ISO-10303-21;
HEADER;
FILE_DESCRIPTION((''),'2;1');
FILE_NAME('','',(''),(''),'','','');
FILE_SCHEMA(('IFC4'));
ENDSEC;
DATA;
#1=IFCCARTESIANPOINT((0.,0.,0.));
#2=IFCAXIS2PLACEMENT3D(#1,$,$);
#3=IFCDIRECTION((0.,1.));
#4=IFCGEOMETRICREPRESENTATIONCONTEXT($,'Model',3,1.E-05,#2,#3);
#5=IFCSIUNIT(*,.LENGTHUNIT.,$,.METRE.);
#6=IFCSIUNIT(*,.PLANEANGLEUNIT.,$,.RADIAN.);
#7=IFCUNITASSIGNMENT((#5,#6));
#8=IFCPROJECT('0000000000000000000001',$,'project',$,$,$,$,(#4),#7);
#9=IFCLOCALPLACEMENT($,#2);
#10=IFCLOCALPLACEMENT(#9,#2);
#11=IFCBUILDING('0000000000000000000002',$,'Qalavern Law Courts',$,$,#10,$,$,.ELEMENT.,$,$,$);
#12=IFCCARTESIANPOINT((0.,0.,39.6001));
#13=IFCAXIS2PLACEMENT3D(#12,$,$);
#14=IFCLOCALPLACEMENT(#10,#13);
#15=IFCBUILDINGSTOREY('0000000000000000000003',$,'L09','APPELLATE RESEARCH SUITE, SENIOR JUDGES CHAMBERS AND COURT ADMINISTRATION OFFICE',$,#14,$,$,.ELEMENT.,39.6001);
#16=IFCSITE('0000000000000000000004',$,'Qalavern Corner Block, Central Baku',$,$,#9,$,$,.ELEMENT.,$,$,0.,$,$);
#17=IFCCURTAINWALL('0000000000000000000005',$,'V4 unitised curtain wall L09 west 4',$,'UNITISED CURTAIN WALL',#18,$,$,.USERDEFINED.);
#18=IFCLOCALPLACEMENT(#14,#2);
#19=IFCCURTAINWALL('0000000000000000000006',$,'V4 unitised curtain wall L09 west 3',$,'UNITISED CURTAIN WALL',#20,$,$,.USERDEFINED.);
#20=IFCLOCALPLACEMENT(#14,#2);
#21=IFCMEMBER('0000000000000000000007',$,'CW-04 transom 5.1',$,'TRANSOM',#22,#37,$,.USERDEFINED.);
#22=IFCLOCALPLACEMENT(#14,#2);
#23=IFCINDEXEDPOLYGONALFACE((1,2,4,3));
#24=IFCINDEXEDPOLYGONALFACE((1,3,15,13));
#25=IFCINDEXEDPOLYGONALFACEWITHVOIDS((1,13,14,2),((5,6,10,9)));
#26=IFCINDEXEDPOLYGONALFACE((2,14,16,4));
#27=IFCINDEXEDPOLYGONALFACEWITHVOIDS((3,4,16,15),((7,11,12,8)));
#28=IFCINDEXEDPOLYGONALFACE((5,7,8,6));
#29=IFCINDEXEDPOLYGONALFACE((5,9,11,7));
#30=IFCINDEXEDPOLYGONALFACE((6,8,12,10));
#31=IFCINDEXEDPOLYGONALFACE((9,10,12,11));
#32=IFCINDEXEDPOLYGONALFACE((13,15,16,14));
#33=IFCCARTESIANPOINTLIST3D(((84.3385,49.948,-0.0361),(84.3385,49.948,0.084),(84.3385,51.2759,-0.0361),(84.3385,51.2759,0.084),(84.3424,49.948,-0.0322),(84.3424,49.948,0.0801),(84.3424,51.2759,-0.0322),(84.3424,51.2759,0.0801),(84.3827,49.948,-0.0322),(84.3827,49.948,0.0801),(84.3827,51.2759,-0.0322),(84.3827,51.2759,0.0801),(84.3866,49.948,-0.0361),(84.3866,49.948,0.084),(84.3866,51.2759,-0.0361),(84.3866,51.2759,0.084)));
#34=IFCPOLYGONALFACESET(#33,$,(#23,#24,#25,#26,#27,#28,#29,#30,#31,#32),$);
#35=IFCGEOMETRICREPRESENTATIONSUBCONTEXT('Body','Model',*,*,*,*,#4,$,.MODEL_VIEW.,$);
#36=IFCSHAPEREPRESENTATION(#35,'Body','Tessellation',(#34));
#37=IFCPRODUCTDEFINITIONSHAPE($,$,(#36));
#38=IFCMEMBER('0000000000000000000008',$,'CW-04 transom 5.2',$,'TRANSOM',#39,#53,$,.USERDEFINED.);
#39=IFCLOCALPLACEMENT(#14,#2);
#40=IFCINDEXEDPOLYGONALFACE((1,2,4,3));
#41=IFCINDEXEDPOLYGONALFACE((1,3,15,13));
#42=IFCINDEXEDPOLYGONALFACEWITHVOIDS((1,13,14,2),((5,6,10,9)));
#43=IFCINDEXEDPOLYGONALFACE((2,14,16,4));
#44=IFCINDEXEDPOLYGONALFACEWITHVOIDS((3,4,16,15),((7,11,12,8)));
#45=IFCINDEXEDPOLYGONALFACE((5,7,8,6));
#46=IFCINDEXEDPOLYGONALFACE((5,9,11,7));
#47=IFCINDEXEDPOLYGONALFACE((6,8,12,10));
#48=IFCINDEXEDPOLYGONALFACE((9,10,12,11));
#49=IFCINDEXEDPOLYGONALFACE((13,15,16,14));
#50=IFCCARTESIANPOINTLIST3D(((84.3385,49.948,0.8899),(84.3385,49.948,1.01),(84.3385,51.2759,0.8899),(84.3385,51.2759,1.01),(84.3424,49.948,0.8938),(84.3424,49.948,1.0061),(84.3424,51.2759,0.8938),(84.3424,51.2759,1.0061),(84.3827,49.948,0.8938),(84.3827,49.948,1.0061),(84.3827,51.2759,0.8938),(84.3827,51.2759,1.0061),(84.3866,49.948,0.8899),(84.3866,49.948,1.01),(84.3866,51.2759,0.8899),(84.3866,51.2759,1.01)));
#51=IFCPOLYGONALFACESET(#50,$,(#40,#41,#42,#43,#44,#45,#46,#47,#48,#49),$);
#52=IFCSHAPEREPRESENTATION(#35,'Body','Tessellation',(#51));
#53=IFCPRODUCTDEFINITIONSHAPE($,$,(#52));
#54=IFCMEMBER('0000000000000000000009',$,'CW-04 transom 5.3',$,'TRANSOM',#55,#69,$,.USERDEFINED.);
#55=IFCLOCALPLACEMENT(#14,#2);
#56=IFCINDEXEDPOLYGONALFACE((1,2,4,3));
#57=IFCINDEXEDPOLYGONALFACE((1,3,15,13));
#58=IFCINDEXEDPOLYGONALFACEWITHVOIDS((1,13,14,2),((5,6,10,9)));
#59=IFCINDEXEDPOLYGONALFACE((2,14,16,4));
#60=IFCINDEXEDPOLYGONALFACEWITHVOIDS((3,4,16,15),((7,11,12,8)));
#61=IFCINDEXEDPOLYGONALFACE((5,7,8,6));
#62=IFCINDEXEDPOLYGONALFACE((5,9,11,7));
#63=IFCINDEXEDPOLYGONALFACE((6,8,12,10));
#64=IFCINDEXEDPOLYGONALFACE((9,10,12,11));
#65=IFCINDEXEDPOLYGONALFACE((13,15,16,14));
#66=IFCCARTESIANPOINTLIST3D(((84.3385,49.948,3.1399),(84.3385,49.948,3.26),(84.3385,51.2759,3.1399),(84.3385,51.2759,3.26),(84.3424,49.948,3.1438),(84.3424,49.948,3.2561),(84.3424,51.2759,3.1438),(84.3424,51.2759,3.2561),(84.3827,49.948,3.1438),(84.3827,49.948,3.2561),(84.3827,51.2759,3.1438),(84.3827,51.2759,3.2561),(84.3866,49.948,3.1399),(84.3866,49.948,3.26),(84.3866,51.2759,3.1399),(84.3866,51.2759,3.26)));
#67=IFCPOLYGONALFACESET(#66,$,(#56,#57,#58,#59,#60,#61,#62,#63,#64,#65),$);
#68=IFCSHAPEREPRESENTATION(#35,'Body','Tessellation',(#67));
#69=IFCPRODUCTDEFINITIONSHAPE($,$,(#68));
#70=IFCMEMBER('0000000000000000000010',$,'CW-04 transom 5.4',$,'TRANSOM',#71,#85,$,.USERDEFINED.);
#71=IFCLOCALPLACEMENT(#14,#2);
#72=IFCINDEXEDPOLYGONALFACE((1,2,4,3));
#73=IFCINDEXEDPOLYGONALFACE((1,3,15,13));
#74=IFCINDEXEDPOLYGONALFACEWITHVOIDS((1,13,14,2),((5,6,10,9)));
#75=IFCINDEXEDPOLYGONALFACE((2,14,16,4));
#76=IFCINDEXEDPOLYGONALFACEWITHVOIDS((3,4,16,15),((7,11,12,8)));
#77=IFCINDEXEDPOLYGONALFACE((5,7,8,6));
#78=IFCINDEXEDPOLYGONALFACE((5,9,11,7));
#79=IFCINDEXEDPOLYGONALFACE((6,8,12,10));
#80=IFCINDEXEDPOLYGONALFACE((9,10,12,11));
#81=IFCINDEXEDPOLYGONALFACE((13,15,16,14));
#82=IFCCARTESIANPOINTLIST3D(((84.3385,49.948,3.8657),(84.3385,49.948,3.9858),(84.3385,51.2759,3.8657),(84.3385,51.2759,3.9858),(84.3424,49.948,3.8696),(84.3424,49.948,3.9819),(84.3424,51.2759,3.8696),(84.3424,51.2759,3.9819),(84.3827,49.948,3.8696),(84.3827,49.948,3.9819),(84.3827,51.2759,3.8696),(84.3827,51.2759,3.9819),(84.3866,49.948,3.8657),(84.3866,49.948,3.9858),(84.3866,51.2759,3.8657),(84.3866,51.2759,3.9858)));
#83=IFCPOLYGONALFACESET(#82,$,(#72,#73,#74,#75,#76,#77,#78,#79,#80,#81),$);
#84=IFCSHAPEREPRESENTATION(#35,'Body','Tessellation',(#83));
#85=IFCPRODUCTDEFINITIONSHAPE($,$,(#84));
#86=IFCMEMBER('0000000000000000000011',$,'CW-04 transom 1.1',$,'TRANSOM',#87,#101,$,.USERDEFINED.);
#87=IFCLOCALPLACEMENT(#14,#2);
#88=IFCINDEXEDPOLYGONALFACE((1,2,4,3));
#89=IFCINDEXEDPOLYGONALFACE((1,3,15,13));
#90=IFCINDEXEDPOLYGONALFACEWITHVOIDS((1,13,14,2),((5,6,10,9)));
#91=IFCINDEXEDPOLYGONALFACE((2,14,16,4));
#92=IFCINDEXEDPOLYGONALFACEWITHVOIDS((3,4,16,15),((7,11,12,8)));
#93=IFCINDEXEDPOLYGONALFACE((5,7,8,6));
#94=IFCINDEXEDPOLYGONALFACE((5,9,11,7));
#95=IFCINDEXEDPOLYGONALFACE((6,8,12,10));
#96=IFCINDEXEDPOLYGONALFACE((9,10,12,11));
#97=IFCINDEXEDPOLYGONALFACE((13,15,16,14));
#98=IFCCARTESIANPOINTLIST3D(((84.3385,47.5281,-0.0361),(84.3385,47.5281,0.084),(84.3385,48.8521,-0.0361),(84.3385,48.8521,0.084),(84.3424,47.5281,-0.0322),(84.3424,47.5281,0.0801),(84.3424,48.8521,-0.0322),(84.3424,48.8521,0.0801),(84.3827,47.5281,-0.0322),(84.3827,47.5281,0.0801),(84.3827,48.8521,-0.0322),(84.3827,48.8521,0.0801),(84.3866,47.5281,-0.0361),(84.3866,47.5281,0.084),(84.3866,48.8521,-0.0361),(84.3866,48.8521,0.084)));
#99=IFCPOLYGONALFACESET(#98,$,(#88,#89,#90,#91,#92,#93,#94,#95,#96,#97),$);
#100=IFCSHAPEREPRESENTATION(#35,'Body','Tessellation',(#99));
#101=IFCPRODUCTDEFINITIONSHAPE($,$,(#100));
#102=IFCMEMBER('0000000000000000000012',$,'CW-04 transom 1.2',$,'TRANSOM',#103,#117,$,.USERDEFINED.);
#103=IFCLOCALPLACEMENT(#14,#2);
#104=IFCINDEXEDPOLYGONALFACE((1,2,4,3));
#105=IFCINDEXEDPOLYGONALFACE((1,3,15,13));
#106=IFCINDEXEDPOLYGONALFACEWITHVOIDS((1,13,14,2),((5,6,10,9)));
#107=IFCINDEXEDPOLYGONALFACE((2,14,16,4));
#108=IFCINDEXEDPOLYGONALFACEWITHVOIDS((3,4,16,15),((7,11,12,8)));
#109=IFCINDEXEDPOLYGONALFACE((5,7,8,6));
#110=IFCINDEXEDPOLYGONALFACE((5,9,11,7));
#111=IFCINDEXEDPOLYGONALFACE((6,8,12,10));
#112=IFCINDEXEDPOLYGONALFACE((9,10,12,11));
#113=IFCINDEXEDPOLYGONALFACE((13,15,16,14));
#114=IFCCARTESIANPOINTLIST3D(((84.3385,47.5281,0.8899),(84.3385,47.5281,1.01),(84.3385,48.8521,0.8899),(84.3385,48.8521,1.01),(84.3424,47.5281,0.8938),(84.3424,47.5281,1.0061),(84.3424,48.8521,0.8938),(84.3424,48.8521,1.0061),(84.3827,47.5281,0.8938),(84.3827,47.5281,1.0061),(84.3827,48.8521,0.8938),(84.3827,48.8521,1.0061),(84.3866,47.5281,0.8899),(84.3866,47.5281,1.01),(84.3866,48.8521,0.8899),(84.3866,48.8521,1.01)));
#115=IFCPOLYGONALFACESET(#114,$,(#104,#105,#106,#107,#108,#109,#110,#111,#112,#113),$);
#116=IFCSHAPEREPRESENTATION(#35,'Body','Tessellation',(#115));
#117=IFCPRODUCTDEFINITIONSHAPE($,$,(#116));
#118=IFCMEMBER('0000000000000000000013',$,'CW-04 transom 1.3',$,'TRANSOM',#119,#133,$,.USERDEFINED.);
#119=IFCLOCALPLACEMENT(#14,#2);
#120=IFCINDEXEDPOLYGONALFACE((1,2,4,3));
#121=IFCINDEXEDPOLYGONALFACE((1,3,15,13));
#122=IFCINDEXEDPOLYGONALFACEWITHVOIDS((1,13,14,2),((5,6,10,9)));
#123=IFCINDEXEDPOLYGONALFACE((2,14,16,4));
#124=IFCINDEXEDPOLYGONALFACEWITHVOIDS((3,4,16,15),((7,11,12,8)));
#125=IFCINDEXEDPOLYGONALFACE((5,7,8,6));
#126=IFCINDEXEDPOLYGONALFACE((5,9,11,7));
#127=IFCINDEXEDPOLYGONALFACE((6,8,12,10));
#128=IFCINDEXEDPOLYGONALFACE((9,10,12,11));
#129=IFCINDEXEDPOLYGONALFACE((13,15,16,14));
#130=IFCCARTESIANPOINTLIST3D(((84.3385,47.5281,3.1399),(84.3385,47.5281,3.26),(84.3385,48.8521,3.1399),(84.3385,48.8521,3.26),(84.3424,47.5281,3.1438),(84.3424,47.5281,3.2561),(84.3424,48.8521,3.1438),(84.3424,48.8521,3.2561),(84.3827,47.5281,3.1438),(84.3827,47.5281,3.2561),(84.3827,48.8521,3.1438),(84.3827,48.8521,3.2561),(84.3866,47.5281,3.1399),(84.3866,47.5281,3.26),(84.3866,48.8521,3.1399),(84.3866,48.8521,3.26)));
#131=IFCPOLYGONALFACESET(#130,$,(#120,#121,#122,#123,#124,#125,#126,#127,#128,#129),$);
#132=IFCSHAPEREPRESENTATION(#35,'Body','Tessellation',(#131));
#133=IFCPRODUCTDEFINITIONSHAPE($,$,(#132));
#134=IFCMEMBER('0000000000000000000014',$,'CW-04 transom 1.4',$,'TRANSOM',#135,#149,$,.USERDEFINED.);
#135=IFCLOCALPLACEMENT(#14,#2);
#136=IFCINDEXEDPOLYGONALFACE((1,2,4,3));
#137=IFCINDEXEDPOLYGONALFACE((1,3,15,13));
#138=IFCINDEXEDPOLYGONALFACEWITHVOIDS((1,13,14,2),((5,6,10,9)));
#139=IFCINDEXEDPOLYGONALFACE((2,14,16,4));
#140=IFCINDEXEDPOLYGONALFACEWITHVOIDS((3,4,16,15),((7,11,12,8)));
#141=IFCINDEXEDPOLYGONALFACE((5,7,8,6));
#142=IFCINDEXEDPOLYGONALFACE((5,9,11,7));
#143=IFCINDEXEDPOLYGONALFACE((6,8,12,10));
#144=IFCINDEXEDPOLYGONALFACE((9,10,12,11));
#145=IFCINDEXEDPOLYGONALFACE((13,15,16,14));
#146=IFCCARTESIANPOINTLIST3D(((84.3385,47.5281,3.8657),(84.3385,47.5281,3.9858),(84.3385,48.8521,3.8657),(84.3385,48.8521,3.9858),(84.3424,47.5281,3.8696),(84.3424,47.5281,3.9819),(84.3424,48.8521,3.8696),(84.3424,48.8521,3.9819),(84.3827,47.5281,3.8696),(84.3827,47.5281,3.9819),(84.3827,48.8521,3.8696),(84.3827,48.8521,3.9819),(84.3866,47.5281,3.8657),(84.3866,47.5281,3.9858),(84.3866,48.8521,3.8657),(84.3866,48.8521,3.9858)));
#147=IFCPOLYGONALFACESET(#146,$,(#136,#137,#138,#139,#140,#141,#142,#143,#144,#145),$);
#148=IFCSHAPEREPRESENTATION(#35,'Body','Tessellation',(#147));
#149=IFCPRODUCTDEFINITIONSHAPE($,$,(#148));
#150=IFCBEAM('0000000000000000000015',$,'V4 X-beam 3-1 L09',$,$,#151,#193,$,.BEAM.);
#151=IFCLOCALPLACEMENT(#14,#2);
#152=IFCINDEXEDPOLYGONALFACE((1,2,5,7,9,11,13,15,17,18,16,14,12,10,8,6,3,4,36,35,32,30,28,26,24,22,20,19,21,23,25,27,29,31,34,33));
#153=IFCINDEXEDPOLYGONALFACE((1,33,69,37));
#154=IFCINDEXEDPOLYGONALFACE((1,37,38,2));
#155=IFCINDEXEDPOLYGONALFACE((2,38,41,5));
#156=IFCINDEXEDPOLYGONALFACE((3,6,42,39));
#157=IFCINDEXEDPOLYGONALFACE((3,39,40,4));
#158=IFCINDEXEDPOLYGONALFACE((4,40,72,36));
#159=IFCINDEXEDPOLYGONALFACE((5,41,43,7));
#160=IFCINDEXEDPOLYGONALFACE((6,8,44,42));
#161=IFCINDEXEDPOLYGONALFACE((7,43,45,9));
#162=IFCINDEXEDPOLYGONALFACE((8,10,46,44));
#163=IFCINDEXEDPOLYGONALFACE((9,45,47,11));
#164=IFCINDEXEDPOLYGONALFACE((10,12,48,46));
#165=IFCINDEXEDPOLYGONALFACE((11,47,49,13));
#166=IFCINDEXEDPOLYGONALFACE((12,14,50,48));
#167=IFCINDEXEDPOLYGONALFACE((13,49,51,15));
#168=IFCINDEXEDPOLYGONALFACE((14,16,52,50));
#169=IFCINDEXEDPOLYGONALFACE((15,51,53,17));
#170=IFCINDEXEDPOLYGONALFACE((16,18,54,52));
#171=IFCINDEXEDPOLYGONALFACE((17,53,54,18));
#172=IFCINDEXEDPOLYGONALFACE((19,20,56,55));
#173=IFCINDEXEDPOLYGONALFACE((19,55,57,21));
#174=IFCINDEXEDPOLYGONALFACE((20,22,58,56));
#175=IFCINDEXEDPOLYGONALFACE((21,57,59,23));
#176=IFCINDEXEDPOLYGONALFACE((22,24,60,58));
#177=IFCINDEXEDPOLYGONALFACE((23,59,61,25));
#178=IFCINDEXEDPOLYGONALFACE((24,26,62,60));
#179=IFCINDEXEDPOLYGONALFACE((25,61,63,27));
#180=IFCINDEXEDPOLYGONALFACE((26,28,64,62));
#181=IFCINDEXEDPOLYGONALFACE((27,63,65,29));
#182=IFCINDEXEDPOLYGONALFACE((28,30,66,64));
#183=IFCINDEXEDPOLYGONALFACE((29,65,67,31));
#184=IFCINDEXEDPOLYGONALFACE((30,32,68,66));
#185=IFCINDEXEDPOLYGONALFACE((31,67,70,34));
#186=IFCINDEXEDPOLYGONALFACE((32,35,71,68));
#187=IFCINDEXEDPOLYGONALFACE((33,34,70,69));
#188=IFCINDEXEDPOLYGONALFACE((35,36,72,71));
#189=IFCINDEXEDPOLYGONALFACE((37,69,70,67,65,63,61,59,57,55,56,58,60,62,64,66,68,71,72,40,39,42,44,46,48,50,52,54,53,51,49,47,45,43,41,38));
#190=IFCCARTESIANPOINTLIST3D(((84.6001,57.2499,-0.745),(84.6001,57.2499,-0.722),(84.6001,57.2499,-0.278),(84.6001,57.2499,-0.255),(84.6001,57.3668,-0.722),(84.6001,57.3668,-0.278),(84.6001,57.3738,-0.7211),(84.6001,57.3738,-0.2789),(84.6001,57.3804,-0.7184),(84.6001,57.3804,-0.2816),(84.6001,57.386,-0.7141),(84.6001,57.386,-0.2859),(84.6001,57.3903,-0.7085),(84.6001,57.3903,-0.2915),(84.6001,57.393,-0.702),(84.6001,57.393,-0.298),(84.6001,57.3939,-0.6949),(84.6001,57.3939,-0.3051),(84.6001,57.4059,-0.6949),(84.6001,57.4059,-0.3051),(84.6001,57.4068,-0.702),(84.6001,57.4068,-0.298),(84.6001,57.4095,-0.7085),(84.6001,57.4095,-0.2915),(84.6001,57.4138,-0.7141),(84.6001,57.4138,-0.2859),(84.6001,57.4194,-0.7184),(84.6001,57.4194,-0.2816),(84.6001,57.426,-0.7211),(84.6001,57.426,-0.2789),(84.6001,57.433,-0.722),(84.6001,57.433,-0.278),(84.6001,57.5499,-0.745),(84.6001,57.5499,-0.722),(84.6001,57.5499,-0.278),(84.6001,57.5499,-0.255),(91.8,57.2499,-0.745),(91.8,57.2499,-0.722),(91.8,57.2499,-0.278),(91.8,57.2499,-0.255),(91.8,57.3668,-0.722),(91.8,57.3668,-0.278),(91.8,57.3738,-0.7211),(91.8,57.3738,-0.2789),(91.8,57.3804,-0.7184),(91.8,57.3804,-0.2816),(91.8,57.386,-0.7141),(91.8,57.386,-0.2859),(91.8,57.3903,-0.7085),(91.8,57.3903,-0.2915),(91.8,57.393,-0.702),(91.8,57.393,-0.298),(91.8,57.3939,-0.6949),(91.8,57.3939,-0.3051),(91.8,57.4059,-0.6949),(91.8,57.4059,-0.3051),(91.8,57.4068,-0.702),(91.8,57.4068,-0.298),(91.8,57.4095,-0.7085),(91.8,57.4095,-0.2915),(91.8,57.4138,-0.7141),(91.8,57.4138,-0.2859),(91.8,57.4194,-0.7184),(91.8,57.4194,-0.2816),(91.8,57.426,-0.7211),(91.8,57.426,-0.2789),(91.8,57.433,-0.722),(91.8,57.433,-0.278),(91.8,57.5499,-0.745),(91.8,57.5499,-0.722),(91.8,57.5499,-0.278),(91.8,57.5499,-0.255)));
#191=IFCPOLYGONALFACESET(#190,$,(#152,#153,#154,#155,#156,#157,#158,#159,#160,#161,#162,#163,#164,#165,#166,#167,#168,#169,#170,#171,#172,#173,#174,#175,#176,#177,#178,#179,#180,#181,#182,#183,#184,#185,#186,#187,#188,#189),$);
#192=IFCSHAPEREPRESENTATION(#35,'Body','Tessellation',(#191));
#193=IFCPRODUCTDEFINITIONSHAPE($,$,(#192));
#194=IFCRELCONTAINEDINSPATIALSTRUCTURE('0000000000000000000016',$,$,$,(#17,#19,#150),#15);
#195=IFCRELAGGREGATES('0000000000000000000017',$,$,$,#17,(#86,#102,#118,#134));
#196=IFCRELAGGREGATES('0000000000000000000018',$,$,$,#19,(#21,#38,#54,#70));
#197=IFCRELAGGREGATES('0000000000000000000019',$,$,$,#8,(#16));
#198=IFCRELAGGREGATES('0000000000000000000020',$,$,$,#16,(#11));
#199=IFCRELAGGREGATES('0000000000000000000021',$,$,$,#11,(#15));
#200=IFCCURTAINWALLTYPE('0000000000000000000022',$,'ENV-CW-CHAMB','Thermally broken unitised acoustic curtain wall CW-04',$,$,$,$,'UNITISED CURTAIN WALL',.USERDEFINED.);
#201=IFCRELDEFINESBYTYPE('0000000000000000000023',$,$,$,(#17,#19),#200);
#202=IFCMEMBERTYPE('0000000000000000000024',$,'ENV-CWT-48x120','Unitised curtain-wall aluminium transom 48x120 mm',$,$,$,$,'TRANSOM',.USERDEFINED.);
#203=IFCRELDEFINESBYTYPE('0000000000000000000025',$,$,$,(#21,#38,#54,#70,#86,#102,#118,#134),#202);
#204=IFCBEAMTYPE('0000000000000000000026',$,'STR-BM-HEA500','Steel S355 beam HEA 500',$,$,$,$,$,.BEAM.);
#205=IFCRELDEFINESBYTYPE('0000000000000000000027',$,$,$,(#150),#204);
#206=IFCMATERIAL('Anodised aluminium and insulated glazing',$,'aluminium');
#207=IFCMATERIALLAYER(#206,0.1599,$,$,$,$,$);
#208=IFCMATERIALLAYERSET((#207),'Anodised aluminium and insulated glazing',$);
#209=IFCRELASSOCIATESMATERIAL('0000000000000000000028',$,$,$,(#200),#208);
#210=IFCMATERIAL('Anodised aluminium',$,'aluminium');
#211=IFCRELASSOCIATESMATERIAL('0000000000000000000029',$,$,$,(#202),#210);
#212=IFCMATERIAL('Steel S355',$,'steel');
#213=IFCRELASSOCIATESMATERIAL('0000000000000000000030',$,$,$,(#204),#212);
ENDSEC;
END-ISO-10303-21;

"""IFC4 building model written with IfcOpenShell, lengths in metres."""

from ifc_helpers import new_model, si_unit, direction, frame, origin, origin_2d, place, context, subcontext, project, spatial, hollow_rectangle, i_section, extrude, material, layer, layer_set, material_profile, profile_set, type_object, element, aggregate, save


model = new_model("IFC4")

# Units and contexts
model_context = context("Model", 3, precision=1e-05, world=origin(), true_north=direction((0.0, 1.0)))
body_context = subcontext(model_context, "Body", "Model", "MODEL_VIEW")
ifc_project = project(units=[si_unit("LENGTHUNIT", "METRE"), si_unit("PLANEANGLEUNIT", "RADIAN")], contexts=[model_context])

# Site, building, storey
site_placement = place(None, origin())
site = spatial("IfcSite", under=ifc_project, at=site_placement, Name="Qalavern Corner Block, Central Baku", CompositionType="ELEMENT", RefElevation=0.0)
building_placement = place(site_placement, origin())
building = spatial("IfcBuilding", under=site, at=building_placement, Name="Qalavern Law Courts", CompositionType="ELEMENT")
storey_placement = place(building_placement, frame((0.0, 0.0, 39.6001)))
storey = spatial("IfcBuildingStorey", under=building, at=storey_placement, Name="L09", Description="APPELLATE RESEARCH SUITE, SENIOR JUDGES CHAMBERS AND COURT ADMINISTRATION OFFICE", CompositionType="ELEMENT", Elevation=39.6001)

# Curtain wall
ifc_material_1 = material(Name="Anodised aluminium and insulated glazing", Category="aluminium")
ifc_layer_1 = layer(ifc_material_1, 0.1599)
ifc_layer_set_1 = layer_set([ifc_layer_1], Name="Anodised aluminium and insulated glazing")
curtain_wall_type = type_object("IfcCurtainWallType", Name="ENV-CW-CHAMB", Description="Thermally broken unitised acoustic curtain wall CW-04", ElementType="UNITISED CURTAIN WALL", PredefinedType="USERDEFINED", material=ifc_layer_set_1)
curtain_wall_1_placement = place(storey_placement, origin())
curtain_wall_1 = element("IfcCurtainWall", 1, at=curtain_wall_1_placement, inside=storey, type_object=curtain_wall_type, Name="V4 unitised curtain wall L09 west 4", ObjectType="UNITISED CURTAIN WALL", PredefinedType="USERDEFINED")
ifc_material_2 = material(Name="Anodised aluminium", Category="aluminium")

# Curtain wall, members
curtain_wall_2_placement = place(storey_placement, origin())
curtain_wall_2 = element("IfcCurtainWall", 2, at=curtain_wall_2_placement, inside=storey, type_object=curtain_wall_type, Name="V4 unitised curtain wall L09 west 3", ObjectType="UNITISED CURTAIN WALL", PredefinedType="USERDEFINED")
ifc_material_profile_1 = material_profile(ifc_material_2, hollow_rectangle(XDim=0.0481, YDim=0.1201, WallThickness=0.0039, at=origin_2d()), Name="ALU TRANSOM 48x120")
ifc_profile_set_1 = profile_set([ifc_material_profile_1], Name="Anodised aluminium")
member_type_1 = type_object("IfcMemberType", Name="ENV-CWT-48x120", Description="Unitised curtain-wall aluminium transom 48x120 mm", ElementType="TRANSOM", PredefinedType="USERDEFINED", material=ifc_profile_set_1)
member_1_placement = place(storey_placement, frame((84.3625, 51.2759, 0.0239), z_axis=(0.0, -1.0, 0.0), x_axis=(1.0, 0.0, 0.0)))
member_1 = element("IfcMember", 3, at=member_1_placement, type_object=member_type_1, Name="CW-04 transom 5.1", ObjectType="TRANSOM", PredefinedType="USERDEFINED", context=body_context, shape_type="SweptSolid", body=[
    extrude(hollow_rectangle(XDim=0.0481, YDim=0.1201, WallThickness=0.0039, at=origin_2d()), origin(), (0.0, 0.0, 1.0), 1.3279),
])
member_2_placement = place(storey_placement, frame((84.3625, 51.2759, 0.95), z_axis=(0.0, -1.0, 0.0), x_axis=(1.0, 0.0, 0.0)))
member_2 = element("IfcMember", 4, at=member_2_placement, type_object=member_type_1, Name="CW-04 transom 5.2", ObjectType="TRANSOM", PredefinedType="USERDEFINED", context=body_context, shape_type="SweptSolid", body=[
    extrude(hollow_rectangle(XDim=0.0481, YDim=0.1201, WallThickness=0.0039, at=origin_2d()), origin(), (0.0, 0.0, 1.0), 1.3279),
])
member_3_placement = place(storey_placement, frame((84.3625, 51.2759, 3.2), z_axis=(0.0, -1.0, 0.0), x_axis=(1.0, 0.0, 0.0)))
member_3 = element("IfcMember", 5, at=member_3_placement, type_object=member_type_1, Name="CW-04 transom 5.3", ObjectType="TRANSOM", PredefinedType="USERDEFINED", context=body_context, shape_type="SweptSolid", body=[
    extrude(hollow_rectangle(XDim=0.0481, YDim=0.1201, WallThickness=0.0039, at=origin_2d()), origin(), (0.0, 0.0, 1.0), 1.3279),
])
member_4_placement = place(storey_placement, frame((84.3625, 51.2759, 3.9258), z_axis=(0.0, -1.0, 0.0), x_axis=(1.0, 0.0, 0.0)))
member_4 = element("IfcMember", 6, at=member_4_placement, type_object=member_type_1, Name="CW-04 transom 5.4", ObjectType="TRANSOM", PredefinedType="USERDEFINED", context=body_context, shape_type="SweptSolid", body=[
    extrude(hollow_rectangle(XDim=0.0481, YDim=0.1201, WallThickness=0.0039, at=origin_2d()), origin(), (0.0, 0.0, 1.0), 1.3279),
])

# Members
member_5_placement = place(storey_placement, frame((84.3625, 48.8521, 0.0239), z_axis=(0.0, -1.0, 0.0), x_axis=(1.0, 0.0, 0.0)))
member_5 = element("IfcMember", 7, at=member_5_placement, type_object=member_type_1, Name="CW-04 transom 1.1", ObjectType="TRANSOM", PredefinedType="USERDEFINED", context=body_context, shape_type="SweptSolid", body=[
    extrude(hollow_rectangle(XDim=0.0481, YDim=0.1201, WallThickness=0.0039, at=origin_2d()), origin(), (0.0, 0.0, 1.0), 1.324),
])
member_6_placement = place(storey_placement, frame((84.3625, 48.8521, 0.95), z_axis=(0.0, -1.0, 0.0), x_axis=(1.0, 0.0, 0.0)))
member_6 = element("IfcMember", 8, at=member_6_placement, type_object=member_type_1, Name="CW-04 transom 1.2", ObjectType="TRANSOM", PredefinedType="USERDEFINED", context=body_context, shape_type="SweptSolid", body=[
    extrude(hollow_rectangle(XDim=0.0481, YDim=0.1201, WallThickness=0.0039, at=origin_2d()), origin(), (0.0, 0.0, 1.0), 1.324),
])
member_7_placement = place(storey_placement, frame((84.3625, 48.8521, 3.2), z_axis=(0.0, -1.0, 0.0), x_axis=(1.0, 0.0, 0.0)))
member_7 = element("IfcMember", 9, at=member_7_placement, type_object=member_type_1, Name="CW-04 transom 1.3", ObjectType="TRANSOM", PredefinedType="USERDEFINED", context=body_context, shape_type="SweptSolid", body=[
    extrude(hollow_rectangle(XDim=0.0481, YDim=0.1201, WallThickness=0.0039, at=origin_2d()), origin(), (0.0, 0.0, 1.0), 1.324),
])
member_8_placement = place(storey_placement, frame((84.3625, 48.8521, 3.9258), z_axis=(0.0, -1.0, 0.0), x_axis=(1.0, 0.0, 0.0)))
member_8 = element("IfcMember", 10, at=member_8_placement, type_object=member_type_1, Name="CW-04 transom 1.4", ObjectType="TRANSOM", PredefinedType="USERDEFINED", context=body_context, shape_type="SweptSolid", body=[
    extrude(hollow_rectangle(XDim=0.0481, YDim=0.1201, WallThickness=0.0039, at=origin_2d()), origin(), (0.0, 0.0, 1.0), 1.324),
])

# Beam
ifc_material_3 = material(Name="Steel S355", Category="steel")
ifc_material_profile_2 = material_profile(ifc_material_3, i_section(OverallWidth=0.3, OverallDepth=0.49, WebThickness=0.012, FlangeThickness=0.0229, FilletRadius=0.0271, at=origin_2d()), Name="HEA 500")
ifc_profile_set_2 = profile_set([ifc_material_profile_2], Name="Steel S355")
beam_type_1 = type_object("IfcBeamType", Name="STR-BM-HEA500", Description="Steel S355 beam HEA 500", PredefinedType="BEAM", material=ifc_profile_set_2)
beam_1_placement = place(storey_placement, frame((84.6001, 57.3999, -0.5), z_axis=(1.0, 0.0, 0.0), x_axis=(0.0, 1.0, 0.0)))
element("IfcBeam", 11, at=beam_1_placement, inside=storey, type_object=beam_type_1, Name="V4 X-beam 3-1 L09", PredefinedType="BEAM", context=body_context, shape_type="SweptSolid", body=[
    extrude(i_section(OverallWidth=0.3, OverallDepth=0.49, WebThickness=0.012, FlangeThickness=0.0229, FilletRadius=0.0271, at=origin_2d()), origin(), (0.0, 0.0, 1.0), 7.2),
])

aggregate(curtain_wall_1, [member_5, member_6, member_7, member_8])
aggregate(curtain_wall_2, [member_1, member_2, member_3, member_4])

save(model, "model.ifc")
